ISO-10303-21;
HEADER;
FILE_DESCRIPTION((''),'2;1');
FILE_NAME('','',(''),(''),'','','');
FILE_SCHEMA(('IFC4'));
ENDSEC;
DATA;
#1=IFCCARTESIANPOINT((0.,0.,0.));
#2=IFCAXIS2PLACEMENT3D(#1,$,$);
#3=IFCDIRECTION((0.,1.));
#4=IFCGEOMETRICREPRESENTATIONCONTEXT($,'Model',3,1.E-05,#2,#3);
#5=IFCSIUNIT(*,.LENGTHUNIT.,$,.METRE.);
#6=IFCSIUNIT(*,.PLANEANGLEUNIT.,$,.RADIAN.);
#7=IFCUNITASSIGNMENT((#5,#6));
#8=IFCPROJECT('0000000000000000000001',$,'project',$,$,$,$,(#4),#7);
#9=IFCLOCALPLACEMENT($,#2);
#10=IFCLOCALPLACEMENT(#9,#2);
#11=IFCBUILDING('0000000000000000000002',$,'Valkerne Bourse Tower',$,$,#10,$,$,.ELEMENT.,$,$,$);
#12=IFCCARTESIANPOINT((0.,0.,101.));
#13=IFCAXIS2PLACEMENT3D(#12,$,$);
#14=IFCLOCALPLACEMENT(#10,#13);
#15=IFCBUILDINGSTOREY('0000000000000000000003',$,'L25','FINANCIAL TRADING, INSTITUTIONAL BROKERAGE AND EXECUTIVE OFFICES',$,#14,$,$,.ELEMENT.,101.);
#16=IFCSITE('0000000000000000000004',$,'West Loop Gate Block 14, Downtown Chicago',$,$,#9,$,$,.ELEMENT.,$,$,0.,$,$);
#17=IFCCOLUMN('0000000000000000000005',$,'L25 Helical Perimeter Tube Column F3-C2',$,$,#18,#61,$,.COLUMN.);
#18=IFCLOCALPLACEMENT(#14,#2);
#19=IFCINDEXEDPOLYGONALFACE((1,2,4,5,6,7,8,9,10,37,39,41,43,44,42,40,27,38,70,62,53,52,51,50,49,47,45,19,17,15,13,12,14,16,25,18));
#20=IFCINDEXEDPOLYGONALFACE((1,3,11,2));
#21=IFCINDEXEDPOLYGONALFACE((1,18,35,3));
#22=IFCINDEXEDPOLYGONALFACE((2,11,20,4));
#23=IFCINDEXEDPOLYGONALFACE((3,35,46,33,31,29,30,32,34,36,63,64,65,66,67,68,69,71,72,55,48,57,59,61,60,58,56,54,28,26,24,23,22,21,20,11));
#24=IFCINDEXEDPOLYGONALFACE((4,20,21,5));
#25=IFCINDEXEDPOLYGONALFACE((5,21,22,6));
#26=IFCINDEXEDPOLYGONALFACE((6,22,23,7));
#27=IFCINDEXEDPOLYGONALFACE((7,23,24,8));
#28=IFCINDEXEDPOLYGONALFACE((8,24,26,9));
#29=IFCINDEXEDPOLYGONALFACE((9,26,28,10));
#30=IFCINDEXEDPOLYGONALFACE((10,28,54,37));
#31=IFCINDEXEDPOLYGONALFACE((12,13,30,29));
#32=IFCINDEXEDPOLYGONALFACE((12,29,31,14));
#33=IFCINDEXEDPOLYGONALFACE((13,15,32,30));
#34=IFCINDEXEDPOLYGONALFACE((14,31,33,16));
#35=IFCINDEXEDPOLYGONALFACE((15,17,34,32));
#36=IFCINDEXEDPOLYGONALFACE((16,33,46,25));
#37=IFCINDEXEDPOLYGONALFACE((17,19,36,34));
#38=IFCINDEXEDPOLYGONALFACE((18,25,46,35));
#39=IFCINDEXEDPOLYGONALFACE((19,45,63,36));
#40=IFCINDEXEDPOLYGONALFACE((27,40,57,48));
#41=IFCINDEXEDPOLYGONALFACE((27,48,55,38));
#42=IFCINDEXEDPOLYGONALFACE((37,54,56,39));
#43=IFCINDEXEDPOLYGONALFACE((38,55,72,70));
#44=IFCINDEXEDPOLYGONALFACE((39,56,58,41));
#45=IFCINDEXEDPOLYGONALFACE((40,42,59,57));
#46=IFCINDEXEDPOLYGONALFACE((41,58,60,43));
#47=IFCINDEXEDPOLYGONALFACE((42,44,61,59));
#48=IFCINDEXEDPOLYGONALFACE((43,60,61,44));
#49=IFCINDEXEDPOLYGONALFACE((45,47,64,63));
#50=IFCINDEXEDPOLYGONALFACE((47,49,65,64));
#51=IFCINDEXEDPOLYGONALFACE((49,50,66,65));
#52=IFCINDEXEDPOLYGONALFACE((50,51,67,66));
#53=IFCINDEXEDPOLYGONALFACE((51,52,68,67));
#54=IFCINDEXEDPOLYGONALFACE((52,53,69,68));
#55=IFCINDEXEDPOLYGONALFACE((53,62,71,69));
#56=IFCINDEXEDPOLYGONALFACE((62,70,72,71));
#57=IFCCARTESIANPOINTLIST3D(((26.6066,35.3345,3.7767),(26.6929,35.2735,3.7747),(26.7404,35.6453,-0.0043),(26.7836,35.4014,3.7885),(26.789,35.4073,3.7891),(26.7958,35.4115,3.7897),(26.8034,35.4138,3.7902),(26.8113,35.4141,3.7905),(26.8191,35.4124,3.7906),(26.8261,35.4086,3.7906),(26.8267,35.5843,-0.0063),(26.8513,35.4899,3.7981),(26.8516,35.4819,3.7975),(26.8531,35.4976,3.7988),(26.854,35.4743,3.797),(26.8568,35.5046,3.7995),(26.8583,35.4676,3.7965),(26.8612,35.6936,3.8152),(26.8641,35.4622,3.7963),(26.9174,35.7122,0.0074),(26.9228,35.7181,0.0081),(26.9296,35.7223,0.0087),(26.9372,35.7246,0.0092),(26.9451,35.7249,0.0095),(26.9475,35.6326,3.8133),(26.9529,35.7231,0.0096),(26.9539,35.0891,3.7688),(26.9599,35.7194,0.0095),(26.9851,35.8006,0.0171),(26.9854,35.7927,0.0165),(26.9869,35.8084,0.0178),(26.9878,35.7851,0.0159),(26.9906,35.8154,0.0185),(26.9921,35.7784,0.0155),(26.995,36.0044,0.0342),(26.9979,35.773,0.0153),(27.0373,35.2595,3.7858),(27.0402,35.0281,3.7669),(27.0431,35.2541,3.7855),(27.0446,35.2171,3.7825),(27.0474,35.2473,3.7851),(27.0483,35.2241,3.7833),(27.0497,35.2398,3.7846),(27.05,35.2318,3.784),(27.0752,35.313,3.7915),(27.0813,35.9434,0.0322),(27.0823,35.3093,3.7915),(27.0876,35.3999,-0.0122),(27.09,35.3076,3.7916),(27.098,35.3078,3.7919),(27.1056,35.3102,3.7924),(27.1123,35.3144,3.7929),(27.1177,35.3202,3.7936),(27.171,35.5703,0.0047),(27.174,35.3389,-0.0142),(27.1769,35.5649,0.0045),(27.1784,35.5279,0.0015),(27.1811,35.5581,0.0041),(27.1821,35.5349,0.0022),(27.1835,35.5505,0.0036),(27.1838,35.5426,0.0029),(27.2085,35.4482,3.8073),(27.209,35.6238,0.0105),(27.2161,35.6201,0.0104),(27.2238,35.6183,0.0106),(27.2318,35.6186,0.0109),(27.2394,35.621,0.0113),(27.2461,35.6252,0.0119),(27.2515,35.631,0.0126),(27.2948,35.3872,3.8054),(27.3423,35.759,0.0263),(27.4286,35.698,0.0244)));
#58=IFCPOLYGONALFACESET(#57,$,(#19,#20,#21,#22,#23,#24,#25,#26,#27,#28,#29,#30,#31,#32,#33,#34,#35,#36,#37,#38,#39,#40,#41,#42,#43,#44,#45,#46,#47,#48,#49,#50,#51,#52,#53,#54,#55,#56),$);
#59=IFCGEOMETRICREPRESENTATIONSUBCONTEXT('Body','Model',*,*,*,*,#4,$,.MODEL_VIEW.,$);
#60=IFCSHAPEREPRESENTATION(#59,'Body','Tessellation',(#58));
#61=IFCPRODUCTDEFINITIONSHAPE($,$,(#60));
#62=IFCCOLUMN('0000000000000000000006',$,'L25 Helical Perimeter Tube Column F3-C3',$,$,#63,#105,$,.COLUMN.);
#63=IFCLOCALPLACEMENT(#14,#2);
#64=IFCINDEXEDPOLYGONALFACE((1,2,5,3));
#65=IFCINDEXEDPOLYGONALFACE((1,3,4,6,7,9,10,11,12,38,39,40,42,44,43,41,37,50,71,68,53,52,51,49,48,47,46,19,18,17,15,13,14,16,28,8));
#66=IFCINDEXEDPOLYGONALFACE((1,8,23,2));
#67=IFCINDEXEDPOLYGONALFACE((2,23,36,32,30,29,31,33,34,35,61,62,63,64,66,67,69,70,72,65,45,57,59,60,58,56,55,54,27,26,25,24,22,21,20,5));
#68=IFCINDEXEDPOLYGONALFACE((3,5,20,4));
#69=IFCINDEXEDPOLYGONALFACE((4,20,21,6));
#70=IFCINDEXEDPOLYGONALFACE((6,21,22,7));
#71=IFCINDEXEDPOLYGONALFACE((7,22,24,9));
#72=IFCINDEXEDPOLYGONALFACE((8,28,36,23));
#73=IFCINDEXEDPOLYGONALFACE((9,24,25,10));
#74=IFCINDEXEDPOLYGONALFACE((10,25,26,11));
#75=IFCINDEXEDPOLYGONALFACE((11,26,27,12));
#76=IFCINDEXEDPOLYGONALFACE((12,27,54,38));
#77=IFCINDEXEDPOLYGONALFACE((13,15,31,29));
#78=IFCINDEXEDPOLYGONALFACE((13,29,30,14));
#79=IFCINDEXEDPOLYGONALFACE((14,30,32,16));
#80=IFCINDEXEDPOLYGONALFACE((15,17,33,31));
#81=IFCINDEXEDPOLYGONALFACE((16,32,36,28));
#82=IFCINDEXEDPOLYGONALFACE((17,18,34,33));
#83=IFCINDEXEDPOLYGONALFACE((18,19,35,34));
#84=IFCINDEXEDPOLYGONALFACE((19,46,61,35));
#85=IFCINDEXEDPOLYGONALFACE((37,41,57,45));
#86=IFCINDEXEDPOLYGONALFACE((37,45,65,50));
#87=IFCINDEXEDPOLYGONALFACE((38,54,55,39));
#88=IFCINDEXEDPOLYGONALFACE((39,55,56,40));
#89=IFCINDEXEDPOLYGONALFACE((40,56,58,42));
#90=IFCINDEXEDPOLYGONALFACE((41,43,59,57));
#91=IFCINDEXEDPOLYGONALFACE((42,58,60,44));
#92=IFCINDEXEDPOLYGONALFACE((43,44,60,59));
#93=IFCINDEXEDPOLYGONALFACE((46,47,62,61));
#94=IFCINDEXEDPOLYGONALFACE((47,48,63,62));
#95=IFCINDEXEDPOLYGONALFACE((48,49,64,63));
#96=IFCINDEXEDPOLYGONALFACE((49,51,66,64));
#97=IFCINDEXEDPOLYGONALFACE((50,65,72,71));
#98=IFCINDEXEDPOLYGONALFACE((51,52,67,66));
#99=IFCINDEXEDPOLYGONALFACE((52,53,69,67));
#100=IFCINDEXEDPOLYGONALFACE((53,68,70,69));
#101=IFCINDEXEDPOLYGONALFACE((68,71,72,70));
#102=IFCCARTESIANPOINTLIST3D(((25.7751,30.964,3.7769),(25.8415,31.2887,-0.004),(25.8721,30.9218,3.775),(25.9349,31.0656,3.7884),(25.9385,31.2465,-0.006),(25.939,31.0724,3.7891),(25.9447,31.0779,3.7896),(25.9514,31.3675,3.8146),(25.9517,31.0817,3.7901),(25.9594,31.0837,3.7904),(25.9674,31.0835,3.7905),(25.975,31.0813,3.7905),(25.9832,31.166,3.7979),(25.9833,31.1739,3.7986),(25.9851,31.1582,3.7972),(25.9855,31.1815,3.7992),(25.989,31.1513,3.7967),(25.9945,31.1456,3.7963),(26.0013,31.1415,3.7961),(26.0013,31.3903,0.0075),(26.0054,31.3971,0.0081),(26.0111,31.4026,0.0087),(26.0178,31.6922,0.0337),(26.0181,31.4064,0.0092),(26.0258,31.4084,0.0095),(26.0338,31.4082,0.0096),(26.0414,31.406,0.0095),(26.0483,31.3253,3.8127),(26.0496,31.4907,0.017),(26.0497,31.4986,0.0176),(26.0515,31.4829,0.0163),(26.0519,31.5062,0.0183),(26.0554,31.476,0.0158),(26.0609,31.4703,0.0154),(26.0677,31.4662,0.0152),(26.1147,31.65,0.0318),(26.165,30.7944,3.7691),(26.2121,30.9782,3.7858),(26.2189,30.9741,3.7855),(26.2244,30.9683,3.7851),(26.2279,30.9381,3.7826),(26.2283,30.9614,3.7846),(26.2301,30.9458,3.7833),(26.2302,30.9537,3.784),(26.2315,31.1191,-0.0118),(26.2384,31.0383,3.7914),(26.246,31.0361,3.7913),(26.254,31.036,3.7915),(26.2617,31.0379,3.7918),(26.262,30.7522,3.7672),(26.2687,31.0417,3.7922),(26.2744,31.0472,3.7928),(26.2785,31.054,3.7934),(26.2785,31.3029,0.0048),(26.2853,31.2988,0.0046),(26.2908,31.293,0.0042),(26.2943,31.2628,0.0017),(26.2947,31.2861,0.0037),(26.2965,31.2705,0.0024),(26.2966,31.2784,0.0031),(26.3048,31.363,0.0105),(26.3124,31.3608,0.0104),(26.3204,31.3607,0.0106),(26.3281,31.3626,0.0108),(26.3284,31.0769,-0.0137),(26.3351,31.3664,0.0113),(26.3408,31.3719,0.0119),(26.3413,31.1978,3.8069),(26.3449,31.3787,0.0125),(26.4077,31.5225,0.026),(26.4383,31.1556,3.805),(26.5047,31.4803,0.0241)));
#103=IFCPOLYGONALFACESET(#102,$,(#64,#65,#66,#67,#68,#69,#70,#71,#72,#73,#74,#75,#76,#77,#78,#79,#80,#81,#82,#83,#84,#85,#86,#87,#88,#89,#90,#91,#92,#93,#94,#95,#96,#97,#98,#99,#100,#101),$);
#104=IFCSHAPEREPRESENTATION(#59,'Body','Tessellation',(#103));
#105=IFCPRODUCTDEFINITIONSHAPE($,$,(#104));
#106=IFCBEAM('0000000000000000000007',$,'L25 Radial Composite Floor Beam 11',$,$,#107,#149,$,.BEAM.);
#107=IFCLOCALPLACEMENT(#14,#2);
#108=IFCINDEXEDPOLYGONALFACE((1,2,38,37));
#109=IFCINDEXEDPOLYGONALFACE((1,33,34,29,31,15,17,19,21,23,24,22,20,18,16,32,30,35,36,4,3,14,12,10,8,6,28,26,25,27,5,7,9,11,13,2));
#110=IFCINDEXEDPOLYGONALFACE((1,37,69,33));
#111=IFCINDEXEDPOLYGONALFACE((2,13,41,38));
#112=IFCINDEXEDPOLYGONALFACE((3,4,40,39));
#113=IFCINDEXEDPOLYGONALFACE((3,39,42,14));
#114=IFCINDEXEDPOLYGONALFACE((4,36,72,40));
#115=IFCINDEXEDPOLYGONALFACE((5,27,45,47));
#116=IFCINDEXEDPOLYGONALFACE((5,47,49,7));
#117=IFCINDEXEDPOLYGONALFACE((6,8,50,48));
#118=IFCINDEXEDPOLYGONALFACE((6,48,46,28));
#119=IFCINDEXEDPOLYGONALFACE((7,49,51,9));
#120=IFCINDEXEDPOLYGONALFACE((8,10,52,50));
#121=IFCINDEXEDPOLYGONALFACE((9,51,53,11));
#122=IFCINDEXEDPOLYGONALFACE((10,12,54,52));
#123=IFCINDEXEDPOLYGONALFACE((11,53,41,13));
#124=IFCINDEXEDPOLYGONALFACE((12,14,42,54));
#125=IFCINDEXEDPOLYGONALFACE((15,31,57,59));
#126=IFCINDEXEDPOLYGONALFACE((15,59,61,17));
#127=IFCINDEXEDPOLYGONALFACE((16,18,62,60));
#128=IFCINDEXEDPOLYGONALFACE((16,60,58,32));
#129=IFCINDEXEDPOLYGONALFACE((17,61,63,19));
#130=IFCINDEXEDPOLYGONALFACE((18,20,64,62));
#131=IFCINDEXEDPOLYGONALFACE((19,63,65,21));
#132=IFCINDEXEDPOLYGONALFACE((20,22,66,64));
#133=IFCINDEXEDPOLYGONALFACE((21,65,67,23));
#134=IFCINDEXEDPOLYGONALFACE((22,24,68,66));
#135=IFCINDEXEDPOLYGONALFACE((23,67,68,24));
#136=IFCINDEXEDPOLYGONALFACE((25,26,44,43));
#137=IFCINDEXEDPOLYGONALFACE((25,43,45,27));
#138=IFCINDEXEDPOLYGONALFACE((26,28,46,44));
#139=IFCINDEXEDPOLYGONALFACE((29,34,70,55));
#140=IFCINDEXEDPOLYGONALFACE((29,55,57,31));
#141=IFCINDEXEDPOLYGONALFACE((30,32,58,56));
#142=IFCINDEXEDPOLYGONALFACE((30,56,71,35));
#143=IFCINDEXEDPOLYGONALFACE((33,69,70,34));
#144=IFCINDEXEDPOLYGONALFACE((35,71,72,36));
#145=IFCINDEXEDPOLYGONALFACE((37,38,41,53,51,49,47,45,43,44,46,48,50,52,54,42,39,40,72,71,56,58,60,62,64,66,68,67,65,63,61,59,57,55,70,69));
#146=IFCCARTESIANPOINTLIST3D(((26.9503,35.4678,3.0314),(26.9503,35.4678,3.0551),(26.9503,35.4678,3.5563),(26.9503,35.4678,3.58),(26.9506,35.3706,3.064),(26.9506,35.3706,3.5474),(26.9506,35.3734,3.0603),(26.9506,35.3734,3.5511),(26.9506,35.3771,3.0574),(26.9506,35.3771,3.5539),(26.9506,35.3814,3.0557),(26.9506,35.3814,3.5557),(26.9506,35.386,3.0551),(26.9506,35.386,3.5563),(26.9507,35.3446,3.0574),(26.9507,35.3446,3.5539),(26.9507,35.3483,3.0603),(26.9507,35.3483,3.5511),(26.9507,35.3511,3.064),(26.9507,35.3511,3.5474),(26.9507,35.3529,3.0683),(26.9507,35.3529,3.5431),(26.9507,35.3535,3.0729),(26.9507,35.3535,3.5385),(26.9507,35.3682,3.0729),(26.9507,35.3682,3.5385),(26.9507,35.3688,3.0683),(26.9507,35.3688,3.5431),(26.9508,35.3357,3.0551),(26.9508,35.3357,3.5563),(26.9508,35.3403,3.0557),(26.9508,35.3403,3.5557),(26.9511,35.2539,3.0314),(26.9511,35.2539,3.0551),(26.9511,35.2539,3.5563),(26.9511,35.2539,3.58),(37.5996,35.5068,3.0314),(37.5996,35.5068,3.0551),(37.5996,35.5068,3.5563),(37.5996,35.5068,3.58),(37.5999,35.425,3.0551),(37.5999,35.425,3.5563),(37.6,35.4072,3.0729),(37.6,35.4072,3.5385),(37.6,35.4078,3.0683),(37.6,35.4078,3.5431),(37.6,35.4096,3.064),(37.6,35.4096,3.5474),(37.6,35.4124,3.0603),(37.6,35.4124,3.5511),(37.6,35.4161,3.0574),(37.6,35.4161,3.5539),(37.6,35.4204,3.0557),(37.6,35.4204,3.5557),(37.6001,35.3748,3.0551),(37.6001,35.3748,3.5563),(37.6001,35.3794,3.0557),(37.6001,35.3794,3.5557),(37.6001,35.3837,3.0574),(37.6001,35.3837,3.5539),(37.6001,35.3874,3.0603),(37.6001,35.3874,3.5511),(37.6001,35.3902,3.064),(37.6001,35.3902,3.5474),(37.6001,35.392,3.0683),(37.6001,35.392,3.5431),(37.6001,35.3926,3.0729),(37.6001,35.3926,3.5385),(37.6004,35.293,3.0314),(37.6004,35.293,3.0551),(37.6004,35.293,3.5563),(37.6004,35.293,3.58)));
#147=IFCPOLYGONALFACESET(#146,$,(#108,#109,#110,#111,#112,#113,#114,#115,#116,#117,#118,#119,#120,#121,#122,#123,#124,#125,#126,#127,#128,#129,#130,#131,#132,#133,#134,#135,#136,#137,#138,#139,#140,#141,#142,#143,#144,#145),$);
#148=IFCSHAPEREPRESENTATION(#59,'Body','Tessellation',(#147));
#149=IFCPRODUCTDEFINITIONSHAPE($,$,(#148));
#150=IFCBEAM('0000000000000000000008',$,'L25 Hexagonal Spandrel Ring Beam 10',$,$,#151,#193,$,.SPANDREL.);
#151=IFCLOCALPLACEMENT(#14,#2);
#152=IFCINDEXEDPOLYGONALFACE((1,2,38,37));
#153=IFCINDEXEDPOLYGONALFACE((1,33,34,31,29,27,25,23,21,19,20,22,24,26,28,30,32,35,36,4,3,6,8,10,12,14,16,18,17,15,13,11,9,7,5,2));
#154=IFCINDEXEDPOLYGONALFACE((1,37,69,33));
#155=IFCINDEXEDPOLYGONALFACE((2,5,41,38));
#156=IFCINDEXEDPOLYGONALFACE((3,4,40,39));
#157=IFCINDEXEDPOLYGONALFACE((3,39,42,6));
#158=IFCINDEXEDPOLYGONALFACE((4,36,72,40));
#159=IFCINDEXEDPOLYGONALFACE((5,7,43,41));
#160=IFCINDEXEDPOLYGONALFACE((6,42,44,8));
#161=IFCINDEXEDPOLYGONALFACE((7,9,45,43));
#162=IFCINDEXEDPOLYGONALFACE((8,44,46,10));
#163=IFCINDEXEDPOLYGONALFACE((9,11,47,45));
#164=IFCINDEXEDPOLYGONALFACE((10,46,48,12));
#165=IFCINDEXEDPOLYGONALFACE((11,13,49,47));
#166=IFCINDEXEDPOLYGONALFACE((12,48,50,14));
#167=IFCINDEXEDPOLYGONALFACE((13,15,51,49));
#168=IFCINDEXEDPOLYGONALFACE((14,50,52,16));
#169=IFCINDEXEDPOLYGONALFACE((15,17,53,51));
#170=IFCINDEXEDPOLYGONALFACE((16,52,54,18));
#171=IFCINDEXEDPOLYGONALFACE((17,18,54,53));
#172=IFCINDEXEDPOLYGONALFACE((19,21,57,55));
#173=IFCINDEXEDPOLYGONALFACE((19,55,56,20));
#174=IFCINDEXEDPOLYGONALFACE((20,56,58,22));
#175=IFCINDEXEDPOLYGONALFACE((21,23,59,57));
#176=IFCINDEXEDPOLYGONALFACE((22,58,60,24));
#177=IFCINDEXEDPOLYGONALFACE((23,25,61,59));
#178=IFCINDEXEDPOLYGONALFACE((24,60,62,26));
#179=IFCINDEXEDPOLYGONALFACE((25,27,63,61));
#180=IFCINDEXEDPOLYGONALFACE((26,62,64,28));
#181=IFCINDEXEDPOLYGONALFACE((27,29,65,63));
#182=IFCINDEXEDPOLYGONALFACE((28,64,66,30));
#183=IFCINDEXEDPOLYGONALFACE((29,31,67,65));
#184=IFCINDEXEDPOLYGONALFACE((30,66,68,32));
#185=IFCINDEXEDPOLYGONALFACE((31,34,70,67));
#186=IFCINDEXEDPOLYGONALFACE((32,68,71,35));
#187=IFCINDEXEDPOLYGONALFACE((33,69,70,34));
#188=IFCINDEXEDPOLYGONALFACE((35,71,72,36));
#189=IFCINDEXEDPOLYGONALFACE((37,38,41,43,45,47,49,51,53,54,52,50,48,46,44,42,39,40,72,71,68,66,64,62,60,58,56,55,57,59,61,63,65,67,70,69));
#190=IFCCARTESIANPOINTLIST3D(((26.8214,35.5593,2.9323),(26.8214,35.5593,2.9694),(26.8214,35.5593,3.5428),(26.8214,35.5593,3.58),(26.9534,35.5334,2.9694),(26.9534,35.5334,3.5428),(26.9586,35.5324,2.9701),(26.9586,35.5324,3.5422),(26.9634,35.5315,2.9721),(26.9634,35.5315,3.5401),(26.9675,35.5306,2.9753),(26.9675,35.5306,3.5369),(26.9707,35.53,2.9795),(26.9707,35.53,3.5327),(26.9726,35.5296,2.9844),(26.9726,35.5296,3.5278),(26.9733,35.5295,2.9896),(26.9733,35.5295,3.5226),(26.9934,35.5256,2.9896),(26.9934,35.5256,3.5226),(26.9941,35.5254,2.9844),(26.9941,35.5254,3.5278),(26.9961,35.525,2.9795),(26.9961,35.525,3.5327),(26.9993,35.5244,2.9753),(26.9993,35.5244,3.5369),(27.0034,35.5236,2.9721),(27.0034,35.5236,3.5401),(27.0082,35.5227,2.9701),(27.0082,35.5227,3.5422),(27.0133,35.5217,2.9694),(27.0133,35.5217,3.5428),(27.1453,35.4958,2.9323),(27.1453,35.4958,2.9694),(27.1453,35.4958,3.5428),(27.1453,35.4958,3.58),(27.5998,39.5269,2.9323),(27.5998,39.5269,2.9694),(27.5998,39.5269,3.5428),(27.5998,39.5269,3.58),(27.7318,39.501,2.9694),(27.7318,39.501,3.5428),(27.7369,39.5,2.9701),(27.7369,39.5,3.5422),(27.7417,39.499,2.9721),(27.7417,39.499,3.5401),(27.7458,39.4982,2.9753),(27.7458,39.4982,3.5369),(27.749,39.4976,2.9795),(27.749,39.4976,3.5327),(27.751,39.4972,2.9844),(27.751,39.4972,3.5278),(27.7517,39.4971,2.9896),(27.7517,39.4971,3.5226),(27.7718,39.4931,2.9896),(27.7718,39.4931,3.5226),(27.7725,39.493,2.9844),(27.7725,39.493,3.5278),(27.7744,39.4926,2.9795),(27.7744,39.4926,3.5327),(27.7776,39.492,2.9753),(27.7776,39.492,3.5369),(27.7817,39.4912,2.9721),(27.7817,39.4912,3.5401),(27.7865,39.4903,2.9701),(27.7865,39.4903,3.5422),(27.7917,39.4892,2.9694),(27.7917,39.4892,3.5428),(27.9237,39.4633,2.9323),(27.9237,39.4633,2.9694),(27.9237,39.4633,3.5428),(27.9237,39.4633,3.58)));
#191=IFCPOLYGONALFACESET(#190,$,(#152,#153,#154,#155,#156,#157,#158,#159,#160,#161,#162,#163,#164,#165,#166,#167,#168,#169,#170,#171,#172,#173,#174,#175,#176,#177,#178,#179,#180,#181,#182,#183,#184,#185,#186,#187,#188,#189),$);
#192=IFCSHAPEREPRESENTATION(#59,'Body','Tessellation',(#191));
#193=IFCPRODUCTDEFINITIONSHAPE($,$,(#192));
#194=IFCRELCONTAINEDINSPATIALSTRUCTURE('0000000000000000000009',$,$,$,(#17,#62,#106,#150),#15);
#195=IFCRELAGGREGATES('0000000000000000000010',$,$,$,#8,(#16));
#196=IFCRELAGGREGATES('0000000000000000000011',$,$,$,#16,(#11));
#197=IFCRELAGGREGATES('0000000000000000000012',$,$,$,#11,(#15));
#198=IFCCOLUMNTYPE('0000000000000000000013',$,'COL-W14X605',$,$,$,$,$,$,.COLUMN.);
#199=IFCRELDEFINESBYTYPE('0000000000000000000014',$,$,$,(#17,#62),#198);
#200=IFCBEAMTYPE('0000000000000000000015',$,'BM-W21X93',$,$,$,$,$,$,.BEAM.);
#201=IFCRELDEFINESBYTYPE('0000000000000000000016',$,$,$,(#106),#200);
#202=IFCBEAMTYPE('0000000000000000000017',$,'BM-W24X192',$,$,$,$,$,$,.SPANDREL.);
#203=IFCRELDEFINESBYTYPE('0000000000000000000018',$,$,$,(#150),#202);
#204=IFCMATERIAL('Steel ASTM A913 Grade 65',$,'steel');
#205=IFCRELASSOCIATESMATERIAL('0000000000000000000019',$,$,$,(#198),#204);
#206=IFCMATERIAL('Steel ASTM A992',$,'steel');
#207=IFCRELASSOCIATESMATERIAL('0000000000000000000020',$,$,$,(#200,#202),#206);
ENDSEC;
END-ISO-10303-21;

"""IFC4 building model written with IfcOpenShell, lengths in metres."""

from ifc_helpers import new_model, si_unit, direction, frame, origin, origin_2d, place, context, subcontext, project, spatial, i_section, extrude, material, material_profile, profile_set, type_object, element, save


model = new_model("IFC4")

# Units and contexts
model_context = context("Model", 3, precision=1e-05, world=origin(), true_north=direction((0.0, 1.0)))
body_context = subcontext(model_context, "Body", "Model", "MODEL_VIEW")
ifc_project = project(units=[si_unit("LENGTHUNIT", "METRE"), si_unit("PLANEANGLEUNIT", "RADIAN")], contexts=[model_context])

# Site, building, storey
site_placement = place(None, origin())
site = spatial("IfcSite", under=ifc_project, at=site_placement, Name="West Loop Gate Block 14, Downtown Chicago", CompositionType="ELEMENT", RefElevation=0.0)
building_placement = place(site_placement, origin())
building = spatial("IfcBuilding", under=site, at=building_placement, Name="Valkerne Bourse Tower", CompositionType="ELEMENT")
storey_placement = place(building_placement, frame((0.0, 0.0, 101.0)))
storey = spatial("IfcBuildingStorey", under=building, at=storey_placement, Name="L25", Description="FINANCIAL TRADING, INSTITUTIONAL BROKERAGE AND EXECUTIVE OFFICES", CompositionType="ELEMENT", Elevation=101.0)

# Columns
ifc_material_1 = material(Name="Steel ASTM A913 Grade 65", Category="steel")
ifc_material_profile_1 = material_profile(ifc_material_1, i_section(OverallWidth=0.4419, OverallDepth=0.531, WebThickness=0.0659, FlangeThickness=0.1057, FilletRadius=0.0305, at=origin_2d()), Name="W14X605")
ifc_profile_set_1 = profile_set([ifc_material_profile_1], Name="Steel ASTM A913 Grade 65")
column_type = type_object("IfcColumnType", Name="COL-W14X605", PredefinedType="COLUMN", material=ifc_profile_set_1)
column_1_placement = place(storey_placement, frame((27.0845, 35.6716, 0.01), z_axis=(-0.035244, -0.081871, 0.99602), x_axis=(-0.576188, -0.812654, -0.087187)))
element("IfcColumn", 1, at=column_1_placement, inside=storey, type_object=column_type, Name="L25 Helical Perimeter Tube Column F3-C2", PredefinedType="COLUMN", context=body_context, shape_type="SweptSolid", body=[
    extrude(i_section(OverallWidth=0.4419, OverallDepth=0.531, WebThickness=0.0659, FlangeThickness=0.1057, FilletRadius=0.0305, at=origin_2d()), origin(), (0.0, 0.0, 1.0), 3.7961),
])
column_2_placement = place(storey_placement, frame((26.1731, 31.3845, 0.01), z_axis=(-0.017496, -0.08555, 0.99618), x_axis=(-0.398933, -0.912994, -0.085413)))
element("IfcColumn", 2, at=column_2_placement, inside=storey, type_object=column_type, Name="L25 Helical Perimeter Tube Column F3-C3", PredefinedType="COLUMN", context=body_context, shape_type="SweptSolid", body=[
    extrude(i_section(OverallWidth=0.4419, OverallDepth=0.531, WebThickness=0.0659, FlangeThickness=0.1057, FilletRadius=0.0305, at=origin_2d()), origin(), (0.0, 0.0, 1.0), 3.7954),
])

# Beams
ifc_material_2 = material(Name="Steel ASTM A992", Category="steel")
ifc_material_profile_2 = material_profile(ifc_material_2, i_section(OverallWidth=0.2139, OverallDepth=0.5486, WebThickness=0.0146, FlangeThickness=0.0237, FilletRadius=0.0178, at=origin_2d()), Name="W21X93")
ifc_profile_set_2 = profile_set([ifc_material_profile_2], Name="Steel ASTM A992")
beam_type_1 = type_object("IfcBeamType", Name="BM-W21X93", PredefinedType="BEAM", material=ifc_profile_set_2)
beam_1_placement = place(storey_placement, frame((26.9507, 35.3608, 3.3057), z_axis=(0.999993, 0.003668, 0.0), x_axis=(-0.003668, 0.999993, 0.0)))
element("IfcBeam", 3, at=beam_1_placement, inside=storey, type_object=beam_type_1, Name="L25 Radial Composite Floor Beam 11", PredefinedType="BEAM", context=body_context, shape_type="SweptSolid", body=[
    extrude(i_section(OverallWidth=0.2139, OverallDepth=0.5486, WebThickness=0.0146, FlangeThickness=0.0237, FilletRadius=0.0178, at=origin_2d()), origin(), (0.0, 0.0, 1.0), 10.6494),
])
ifc_material_profile_3 = material_profile(ifc_material_2, i_section(OverallWidth=0.3301, OverallDepth=0.6477, WebThickness=0.0205, FlangeThickness=0.0371, FilletRadius=0.0203, at=origin_2d()), Name="W24X192")
ifc_profile_set_3 = profile_set([ifc_material_profile_3], Name="Steel ASTM A992")
beam_type_2 = type_object("IfcBeamType", Name="BM-W24X192", PredefinedType="SPANDREL", material=ifc_profile_set_3)
for number, where, z_axis, x_axis, name in (
    (4, (27.7617, 39.4951, 3.2561), (-0.192503, -0.981296, 0.0), (0.981296, -0.192503, 0.0), "L25 Hexagonal Spandrel Ring Beam 10"),
):
    element("IfcBeam", number, at=place(storey_placement, frame(where, z_axis=z_axis, x_axis=x_axis)), inside=storey, type_object=beam_type_2, Name=name, PredefinedType="SPANDREL", context=body_context, shape_type="SweptSolid", body=[
        extrude(i_section(OverallWidth=0.3301, OverallDepth=0.6477, WebThickness=0.0205, FlangeThickness=0.0371, FilletRadius=0.0203, at=origin_2d()), origin(), (0.0, 0.0, 1.0), 4.0432),
    ])

save(model, "model.ifc")
